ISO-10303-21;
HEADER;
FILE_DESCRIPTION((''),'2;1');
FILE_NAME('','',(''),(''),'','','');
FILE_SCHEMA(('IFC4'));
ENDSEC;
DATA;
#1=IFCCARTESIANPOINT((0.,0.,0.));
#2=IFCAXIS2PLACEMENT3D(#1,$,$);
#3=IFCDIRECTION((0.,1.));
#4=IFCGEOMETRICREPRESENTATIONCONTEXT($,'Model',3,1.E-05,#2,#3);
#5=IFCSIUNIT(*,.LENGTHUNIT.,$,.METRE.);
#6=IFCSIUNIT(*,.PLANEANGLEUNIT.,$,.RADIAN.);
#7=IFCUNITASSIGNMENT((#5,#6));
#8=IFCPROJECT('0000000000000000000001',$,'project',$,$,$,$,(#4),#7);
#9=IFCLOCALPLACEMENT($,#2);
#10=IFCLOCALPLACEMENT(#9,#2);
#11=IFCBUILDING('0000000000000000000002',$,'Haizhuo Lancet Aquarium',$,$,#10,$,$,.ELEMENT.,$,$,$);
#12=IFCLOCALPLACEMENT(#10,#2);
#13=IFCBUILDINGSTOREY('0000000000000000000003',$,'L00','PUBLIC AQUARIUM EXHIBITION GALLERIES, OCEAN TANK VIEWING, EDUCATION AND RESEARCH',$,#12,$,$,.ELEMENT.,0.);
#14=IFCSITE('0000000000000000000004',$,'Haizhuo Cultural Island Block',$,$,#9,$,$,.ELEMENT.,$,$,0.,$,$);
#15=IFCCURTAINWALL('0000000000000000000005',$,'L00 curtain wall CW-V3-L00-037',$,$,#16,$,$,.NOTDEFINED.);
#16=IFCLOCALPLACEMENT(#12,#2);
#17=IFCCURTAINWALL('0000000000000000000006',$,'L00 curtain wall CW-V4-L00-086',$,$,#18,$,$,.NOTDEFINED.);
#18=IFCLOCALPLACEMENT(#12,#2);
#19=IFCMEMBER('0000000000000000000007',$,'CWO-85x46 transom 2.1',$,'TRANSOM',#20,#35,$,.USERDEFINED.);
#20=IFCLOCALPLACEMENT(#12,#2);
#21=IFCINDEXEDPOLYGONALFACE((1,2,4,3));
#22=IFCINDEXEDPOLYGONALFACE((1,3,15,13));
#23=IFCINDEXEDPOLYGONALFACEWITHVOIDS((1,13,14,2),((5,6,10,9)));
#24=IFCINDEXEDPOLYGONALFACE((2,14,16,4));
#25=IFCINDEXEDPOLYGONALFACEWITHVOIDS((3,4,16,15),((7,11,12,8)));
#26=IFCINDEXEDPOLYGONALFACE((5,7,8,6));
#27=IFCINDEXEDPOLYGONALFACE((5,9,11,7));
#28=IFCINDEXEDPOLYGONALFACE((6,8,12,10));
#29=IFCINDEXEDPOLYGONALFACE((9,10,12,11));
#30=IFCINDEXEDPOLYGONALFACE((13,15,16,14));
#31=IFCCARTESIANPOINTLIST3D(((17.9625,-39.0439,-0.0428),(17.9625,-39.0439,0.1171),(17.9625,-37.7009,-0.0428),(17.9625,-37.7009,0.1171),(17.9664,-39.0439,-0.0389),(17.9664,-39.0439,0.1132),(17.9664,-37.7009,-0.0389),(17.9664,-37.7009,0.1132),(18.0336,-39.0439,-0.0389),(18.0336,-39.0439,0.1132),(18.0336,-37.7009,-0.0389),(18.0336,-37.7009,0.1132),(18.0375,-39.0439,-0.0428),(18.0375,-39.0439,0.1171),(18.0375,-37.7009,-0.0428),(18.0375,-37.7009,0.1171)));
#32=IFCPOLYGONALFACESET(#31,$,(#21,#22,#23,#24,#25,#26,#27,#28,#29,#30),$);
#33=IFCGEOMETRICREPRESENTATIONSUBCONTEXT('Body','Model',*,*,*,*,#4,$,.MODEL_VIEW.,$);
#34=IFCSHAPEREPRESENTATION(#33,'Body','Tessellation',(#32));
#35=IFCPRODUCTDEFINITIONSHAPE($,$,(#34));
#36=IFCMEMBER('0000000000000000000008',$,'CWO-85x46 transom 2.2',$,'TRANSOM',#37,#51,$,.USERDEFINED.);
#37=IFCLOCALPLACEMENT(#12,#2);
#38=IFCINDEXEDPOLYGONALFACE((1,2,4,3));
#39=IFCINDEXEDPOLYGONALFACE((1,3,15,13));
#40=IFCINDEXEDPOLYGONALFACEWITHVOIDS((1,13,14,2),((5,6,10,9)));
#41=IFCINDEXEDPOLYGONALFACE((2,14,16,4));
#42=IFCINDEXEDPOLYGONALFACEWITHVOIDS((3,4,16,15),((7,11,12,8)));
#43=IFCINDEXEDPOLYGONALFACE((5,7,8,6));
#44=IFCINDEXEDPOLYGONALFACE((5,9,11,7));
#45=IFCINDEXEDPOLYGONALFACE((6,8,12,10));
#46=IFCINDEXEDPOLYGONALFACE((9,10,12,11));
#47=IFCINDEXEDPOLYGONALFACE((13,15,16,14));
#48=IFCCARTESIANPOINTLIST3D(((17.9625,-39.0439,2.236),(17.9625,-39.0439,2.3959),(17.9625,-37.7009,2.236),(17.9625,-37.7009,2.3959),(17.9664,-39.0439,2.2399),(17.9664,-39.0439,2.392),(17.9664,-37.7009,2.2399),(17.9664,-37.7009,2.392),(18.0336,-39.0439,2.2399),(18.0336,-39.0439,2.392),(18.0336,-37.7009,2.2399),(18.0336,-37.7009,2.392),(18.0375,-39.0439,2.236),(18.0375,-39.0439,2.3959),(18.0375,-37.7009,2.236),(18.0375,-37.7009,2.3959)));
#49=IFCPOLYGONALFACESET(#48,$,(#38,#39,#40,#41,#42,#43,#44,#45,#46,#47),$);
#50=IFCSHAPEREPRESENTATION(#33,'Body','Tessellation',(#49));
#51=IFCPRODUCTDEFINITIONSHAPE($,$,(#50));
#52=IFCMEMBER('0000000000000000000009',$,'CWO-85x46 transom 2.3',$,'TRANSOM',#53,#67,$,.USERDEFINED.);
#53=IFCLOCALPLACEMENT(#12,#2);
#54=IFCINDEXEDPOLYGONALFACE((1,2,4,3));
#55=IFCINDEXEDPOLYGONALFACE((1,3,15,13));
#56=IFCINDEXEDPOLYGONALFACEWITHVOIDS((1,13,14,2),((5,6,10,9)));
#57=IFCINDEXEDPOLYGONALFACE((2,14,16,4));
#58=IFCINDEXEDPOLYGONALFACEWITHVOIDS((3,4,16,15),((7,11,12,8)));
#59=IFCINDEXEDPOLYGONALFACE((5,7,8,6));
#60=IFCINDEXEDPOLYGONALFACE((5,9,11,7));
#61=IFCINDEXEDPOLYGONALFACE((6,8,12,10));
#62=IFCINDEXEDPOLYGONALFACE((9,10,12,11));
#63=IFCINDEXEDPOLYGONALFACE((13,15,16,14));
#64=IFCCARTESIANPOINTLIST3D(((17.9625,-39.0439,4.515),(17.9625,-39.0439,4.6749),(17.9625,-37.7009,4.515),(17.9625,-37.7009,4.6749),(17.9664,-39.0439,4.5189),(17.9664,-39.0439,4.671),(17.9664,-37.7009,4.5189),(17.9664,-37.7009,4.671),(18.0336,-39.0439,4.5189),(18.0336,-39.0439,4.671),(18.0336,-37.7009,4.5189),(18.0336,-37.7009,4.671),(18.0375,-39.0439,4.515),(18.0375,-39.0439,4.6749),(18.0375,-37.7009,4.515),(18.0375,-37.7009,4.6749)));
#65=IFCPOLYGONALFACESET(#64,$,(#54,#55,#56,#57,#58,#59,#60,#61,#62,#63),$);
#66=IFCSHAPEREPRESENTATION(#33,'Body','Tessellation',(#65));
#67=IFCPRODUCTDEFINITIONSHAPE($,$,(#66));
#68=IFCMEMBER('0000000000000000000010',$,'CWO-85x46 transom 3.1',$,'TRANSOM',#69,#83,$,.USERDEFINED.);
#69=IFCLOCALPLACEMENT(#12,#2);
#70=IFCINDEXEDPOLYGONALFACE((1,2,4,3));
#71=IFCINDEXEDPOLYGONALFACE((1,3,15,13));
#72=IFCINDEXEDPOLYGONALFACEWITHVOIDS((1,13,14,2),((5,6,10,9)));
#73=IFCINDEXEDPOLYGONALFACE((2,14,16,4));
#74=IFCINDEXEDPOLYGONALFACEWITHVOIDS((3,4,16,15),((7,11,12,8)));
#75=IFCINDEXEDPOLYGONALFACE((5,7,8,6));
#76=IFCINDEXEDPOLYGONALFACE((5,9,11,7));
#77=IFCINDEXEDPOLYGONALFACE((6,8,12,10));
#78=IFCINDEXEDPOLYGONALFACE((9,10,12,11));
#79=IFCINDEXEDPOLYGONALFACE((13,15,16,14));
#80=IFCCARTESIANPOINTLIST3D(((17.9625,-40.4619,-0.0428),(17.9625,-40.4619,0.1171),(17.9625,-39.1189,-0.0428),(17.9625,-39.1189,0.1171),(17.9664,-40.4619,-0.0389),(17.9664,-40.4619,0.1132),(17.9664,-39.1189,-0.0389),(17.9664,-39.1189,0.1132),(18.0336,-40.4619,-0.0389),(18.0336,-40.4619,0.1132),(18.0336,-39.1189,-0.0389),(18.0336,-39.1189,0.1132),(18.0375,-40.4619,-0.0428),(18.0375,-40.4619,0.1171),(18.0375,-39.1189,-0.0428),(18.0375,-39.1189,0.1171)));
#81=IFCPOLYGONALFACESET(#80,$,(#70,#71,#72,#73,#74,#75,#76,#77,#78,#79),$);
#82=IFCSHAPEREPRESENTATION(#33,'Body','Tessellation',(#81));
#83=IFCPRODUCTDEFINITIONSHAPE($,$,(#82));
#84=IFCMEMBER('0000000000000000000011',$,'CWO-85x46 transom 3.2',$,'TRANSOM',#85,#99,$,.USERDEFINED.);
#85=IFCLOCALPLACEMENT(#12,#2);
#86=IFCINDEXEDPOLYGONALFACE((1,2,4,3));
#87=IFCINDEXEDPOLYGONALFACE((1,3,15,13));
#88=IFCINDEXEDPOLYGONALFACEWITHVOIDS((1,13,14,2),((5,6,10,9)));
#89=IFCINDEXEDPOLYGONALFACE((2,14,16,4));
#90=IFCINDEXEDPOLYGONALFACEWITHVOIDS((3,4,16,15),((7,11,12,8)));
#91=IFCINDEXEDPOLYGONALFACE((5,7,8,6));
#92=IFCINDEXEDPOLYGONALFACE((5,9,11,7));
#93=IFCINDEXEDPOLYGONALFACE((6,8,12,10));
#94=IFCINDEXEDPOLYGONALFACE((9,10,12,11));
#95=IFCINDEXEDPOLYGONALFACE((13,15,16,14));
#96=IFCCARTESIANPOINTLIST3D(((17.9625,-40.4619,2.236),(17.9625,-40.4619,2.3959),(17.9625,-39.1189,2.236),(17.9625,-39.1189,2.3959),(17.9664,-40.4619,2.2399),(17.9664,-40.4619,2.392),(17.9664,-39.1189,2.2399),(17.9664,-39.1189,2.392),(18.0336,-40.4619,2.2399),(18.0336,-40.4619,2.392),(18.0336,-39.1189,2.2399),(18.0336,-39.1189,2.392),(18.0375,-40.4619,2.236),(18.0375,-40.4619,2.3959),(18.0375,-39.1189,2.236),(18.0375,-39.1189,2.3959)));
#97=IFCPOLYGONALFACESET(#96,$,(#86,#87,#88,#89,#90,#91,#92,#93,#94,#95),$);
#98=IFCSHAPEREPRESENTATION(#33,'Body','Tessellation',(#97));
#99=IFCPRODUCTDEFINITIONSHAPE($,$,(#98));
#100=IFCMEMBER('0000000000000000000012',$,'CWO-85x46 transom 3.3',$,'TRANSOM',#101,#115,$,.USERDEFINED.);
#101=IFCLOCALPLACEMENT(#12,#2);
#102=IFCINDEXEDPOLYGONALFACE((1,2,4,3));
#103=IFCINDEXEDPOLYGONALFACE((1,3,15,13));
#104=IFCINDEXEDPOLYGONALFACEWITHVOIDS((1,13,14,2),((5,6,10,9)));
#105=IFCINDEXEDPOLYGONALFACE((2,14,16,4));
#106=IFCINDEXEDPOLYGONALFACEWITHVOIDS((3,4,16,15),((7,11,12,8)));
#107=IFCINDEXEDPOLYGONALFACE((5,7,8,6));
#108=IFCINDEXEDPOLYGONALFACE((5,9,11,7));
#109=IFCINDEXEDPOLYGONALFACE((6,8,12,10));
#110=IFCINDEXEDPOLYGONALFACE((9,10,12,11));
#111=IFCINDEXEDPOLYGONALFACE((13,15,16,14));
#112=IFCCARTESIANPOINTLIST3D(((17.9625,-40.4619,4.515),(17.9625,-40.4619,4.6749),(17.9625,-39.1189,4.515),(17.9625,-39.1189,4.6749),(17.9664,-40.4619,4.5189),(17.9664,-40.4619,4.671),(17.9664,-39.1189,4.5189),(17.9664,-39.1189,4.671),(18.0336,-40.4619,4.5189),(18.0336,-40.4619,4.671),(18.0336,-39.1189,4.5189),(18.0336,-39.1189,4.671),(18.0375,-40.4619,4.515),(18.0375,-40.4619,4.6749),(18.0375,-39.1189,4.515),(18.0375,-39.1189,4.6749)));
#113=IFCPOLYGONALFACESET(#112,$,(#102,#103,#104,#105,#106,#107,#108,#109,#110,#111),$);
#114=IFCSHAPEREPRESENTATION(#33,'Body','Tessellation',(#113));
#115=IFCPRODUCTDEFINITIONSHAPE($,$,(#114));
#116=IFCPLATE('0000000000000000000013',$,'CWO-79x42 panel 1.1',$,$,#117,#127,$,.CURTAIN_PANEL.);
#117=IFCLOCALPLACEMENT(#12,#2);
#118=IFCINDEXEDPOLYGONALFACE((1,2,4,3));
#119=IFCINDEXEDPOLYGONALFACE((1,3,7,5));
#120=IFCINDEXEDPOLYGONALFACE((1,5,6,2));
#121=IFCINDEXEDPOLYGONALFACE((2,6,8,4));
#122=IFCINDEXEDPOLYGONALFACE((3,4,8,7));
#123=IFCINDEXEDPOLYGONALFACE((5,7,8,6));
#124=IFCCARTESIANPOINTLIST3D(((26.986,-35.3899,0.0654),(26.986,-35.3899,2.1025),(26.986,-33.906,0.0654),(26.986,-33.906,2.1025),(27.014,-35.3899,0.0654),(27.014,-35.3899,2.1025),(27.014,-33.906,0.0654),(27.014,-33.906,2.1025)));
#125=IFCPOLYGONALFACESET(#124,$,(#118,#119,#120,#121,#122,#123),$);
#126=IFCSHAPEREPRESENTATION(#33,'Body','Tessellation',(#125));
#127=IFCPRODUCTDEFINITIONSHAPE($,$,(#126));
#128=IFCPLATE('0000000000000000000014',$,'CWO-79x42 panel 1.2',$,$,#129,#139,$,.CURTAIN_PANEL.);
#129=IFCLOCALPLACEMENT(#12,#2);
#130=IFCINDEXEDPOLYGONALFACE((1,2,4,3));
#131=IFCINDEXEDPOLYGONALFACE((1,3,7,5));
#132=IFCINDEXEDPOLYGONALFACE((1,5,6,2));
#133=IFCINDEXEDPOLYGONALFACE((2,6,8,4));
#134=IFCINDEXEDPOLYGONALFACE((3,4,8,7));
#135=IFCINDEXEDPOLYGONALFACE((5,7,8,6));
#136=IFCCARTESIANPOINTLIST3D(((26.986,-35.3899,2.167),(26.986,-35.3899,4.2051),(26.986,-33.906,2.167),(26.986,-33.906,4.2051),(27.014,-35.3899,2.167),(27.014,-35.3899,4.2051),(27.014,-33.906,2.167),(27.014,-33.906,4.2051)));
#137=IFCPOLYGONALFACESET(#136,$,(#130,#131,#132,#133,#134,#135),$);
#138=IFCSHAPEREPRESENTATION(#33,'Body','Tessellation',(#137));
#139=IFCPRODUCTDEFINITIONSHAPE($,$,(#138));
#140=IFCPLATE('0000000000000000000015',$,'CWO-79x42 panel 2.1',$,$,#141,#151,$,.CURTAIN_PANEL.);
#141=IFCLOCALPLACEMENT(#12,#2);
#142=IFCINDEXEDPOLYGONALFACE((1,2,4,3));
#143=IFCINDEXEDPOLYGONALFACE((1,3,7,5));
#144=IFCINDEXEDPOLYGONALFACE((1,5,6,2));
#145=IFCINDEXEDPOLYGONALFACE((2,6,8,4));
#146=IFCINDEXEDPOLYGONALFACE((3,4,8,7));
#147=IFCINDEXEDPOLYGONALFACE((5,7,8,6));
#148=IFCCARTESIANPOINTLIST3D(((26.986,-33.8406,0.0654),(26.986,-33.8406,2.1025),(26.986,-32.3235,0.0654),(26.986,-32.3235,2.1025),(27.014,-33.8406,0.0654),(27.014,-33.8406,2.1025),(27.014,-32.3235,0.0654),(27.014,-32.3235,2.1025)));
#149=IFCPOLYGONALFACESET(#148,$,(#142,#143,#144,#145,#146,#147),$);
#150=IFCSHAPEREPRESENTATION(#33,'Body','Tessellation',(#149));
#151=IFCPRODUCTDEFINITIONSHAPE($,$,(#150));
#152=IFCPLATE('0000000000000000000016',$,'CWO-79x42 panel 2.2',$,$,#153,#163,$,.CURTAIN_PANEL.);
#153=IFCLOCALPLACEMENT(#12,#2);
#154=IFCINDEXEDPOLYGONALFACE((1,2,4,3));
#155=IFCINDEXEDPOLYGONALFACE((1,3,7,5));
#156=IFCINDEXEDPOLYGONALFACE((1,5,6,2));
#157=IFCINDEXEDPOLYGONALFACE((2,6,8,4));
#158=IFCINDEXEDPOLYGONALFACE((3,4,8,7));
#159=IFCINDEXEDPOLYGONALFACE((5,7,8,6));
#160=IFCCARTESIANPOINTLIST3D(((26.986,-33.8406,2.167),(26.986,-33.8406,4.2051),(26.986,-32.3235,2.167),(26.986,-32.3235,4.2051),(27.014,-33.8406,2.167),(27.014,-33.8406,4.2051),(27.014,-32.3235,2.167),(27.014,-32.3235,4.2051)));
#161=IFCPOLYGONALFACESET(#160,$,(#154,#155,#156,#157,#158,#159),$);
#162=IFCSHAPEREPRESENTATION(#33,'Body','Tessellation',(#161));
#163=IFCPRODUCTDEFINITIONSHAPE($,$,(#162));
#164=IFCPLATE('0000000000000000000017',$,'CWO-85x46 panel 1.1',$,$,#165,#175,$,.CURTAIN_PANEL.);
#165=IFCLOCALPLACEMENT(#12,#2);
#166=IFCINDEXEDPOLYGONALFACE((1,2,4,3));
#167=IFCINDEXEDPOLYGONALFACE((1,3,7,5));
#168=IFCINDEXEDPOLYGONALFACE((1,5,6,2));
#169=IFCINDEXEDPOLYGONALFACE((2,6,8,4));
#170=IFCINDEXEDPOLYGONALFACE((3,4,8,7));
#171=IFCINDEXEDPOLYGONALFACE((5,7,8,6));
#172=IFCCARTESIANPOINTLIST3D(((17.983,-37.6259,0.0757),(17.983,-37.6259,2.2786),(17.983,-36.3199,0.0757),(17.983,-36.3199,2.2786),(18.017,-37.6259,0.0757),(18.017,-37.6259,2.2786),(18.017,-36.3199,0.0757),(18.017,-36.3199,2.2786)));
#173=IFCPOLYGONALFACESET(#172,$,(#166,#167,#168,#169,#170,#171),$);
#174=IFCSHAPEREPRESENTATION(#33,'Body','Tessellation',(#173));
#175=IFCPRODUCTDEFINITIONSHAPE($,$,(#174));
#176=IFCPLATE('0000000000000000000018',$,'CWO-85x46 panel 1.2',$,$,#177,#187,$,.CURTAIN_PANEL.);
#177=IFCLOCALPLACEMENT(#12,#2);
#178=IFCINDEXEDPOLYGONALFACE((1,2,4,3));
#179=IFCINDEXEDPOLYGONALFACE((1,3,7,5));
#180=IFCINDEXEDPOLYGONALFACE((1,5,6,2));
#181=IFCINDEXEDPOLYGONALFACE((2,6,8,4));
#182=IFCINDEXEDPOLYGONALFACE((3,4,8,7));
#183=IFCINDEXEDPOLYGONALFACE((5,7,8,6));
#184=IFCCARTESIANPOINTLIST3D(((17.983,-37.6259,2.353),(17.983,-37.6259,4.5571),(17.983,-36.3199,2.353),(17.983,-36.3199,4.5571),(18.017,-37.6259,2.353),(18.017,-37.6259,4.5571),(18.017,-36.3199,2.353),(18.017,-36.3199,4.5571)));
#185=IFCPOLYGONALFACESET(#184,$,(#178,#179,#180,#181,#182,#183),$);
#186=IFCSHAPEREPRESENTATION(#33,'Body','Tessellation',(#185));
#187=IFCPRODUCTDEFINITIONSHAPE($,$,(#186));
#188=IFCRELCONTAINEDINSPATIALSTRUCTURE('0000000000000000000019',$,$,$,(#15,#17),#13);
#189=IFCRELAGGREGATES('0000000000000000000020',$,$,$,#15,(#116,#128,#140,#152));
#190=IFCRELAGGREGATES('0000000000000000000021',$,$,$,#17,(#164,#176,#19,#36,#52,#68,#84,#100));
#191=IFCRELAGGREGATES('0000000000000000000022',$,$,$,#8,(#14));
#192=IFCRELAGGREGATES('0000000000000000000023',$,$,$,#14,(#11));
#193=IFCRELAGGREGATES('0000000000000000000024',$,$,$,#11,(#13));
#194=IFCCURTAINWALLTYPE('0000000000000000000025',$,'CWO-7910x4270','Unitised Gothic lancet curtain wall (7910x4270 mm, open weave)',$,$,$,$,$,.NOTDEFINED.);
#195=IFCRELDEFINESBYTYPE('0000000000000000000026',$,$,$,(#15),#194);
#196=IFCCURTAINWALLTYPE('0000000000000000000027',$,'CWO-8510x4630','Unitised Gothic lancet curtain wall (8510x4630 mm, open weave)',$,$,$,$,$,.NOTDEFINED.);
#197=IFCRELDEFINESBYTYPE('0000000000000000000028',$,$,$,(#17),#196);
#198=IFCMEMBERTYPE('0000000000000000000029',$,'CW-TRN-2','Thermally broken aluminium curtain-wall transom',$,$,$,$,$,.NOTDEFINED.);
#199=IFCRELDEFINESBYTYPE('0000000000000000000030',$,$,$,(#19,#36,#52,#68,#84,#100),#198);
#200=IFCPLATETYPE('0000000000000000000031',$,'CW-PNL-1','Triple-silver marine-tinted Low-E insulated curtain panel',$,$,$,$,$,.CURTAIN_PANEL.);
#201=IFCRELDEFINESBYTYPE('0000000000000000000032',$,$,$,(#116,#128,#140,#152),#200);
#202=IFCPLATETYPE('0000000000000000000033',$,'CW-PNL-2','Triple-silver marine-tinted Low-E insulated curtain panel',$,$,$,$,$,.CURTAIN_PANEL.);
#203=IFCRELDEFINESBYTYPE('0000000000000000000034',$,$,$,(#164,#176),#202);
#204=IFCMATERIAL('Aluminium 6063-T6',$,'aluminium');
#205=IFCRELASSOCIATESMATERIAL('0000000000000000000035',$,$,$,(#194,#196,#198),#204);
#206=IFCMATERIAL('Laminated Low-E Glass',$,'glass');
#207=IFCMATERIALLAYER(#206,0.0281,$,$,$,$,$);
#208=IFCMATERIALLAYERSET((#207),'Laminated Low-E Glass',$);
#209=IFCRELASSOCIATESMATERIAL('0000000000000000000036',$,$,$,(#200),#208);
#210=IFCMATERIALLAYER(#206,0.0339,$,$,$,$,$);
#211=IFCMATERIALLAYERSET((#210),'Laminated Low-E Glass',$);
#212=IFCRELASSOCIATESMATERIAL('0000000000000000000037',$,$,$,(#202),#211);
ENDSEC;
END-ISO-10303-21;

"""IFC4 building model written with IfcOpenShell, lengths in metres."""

from ifc_helpers import new_model, si_unit, direction, frame, origin, origin_2d, place, context, subcontext, project, spatial, rectangle, hollow_rectangle, extrude, material, layer, layer_set, material_profile, profile_set, type_object, element, aggregate, save


model = new_model("IFC4")

# Units and contexts
model_context = context("Model", 3, precision=1e-05, world=origin(), true_north=direction((0.0, 1.0)))
body_context = subcontext(model_context, "Body", "Model", "MODEL_VIEW")
ifc_project = project(units=[si_unit("LENGTHUNIT", "METRE"), si_unit("PLANEANGLEUNIT", "RADIAN")], contexts=[model_context])

# Site, building, storey
site_placement = place(None, origin())
site = spatial("IfcSite", under=ifc_project, at=site_placement, Name="Haizhuo Cultural Island Block", CompositionType="ELEMENT", RefElevation=0.0)
building_placement = place(site_placement, origin())
building = spatial("IfcBuilding", under=site, at=building_placement, Name="Haizhuo Lancet Aquarium", CompositionType="ELEMENT")
storey_placement = place(building_placement, origin())
storey = spatial("IfcBuildingStorey", under=building, at=storey_placement, Name="L00", Description="PUBLIC AQUARIUM EXHIBITION GALLERIES, OCEAN TANK VIEWING, EDUCATION AND RESEARCH", CompositionType="ELEMENT", Elevation=0.0)

# Curtain walls
ifc_material_1 = material(Name="Aluminium 6063-T6", Category="aluminium")
curtain_wall_type_1 = type_object("IfcCurtainWallType", Name="CWO-7910x4270", Description="Unitised Gothic lancet curtain wall (7910x4270 mm, open weave)", PredefinedType="NOTDEFINED", material=ifc_material_1)
curtain_wall_1_placement = place(storey_placement, origin())
curtain_wall_1 = element("IfcCurtainWall", 1, at=curtain_wall_1_placement, inside=storey, type_object=curtain_wall_type_1, Name="L00 curtain wall CW-V3-L00-037", PredefinedType="NOTDEFINED")
curtain_wall_type_2 = type_object("IfcCurtainWallType", Name="CWO-8510x4630", Description="Unitised Gothic lancet curtain wall (8510x4630 mm, open weave)", PredefinedType="NOTDEFINED", material=ifc_material_1)
curtain_wall_2_placement = place(storey_placement, origin())
curtain_wall_2 = element("IfcCurtainWall", 2, at=curtain_wall_2_placement, inside=storey, type_object=curtain_wall_type_2, Name="L00 curtain wall CW-V4-L00-086", PredefinedType="NOTDEFINED")

# Members
ifc_material_profile_1 = material_profile(ifc_material_1, hollow_rectangle(XDim=0.075, YDim=0.1599, WallThickness=0.0039, at=origin_2d()), Name="ALU-T 75x160x4")
ifc_profile_set_1 = profile_set([ifc_material_profile_1], Name="Aluminium 6063-T6")
member_type_1 = type_object("IfcMemberType", Name="CW-TRN-2", Description="Thermally broken aluminium curtain-wall transom", PredefinedType="NOTDEFINED", material=ifc_profile_set_1)
member_1_placement = place(storey_placement, frame((18.0, -37.7009, 0.0371), z_axis=(0.0, -1.0, 0.0), x_axis=(1.0, 0.0, 0.0)))
member_1 = element("IfcMember", 3, at=member_1_placement, type_object=member_type_1, Name="CWO-85x46 transom 2.1", ObjectType="TRANSOM", PredefinedType="USERDEFINED", context=body_context, shape_type="SweptSolid", body=[
    extrude(hollow_rectangle(XDim=0.075, YDim=0.1599, WallThickness=0.0039, at=origin_2d()), origin(), (0.0, 0.0, 1.0), 1.343),
])
member_2_placement = place(storey_placement, frame((18.0, -37.7009, 2.3159), z_axis=(0.0, -1.0, 0.0), x_axis=(1.0, 0.0, 0.0)))
member_2 = element("IfcMember", 4, at=member_2_placement, type_object=member_type_1, Name="CWO-85x46 transom 2.2", ObjectType="TRANSOM", PredefinedType="USERDEFINED", context=body_context, shape_type="SweptSolid", body=[
    extrude(hollow_rectangle(XDim=0.075, YDim=0.1599, WallThickness=0.0039, at=origin_2d()), origin(), (0.0, 0.0, 1.0), 1.343),
])
member_3_placement = place(storey_placement, frame((18.0, -37.7009, 4.595), z_axis=(0.0, -1.0, 0.0), x_axis=(1.0, 0.0, 0.0)))
member_3 = element("IfcMember", 5, at=member_3_placement, type_object=member_type_1, Name="CWO-85x46 transom 2.3", ObjectType="TRANSOM", PredefinedType="USERDEFINED", context=body_context, shape_type="SweptSolid", body=[
    extrude(hollow_rectangle(XDim=0.075, YDim=0.1599, WallThickness=0.0039, at=origin_2d()), origin(), (0.0, 0.0, 1.0), 1.343),
])
member_4_placement = place(storey_placement, frame((18.0, -39.1189, 0.0371), z_axis=(0.0, -1.0, 0.0), x_axis=(1.0, 0.0, 0.0)))
member_4 = element("IfcMember", 6, at=member_4_placement, type_object=member_type_1, Name="CWO-85x46 transom 3.1", ObjectType="TRANSOM", PredefinedType="USERDEFINED", context=body_context, shape_type="SweptSolid", body=[
    extrude(hollow_rectangle(XDim=0.075, YDim=0.1599, WallThickness=0.0039, at=origin_2d()), origin(), (0.0, 0.0, 1.0), 1.343),
])
member_5_placement = place(storey_placement, frame((18.0, -39.1189, 2.3159), z_axis=(0.0, -1.0, 0.0), x_axis=(1.0, 0.0, 0.0)))
member_5 = element("IfcMember", 7, at=member_5_placement, type_object=member_type_1, Name="CWO-85x46 transom 3.2", ObjectType="TRANSOM", PredefinedType="USERDEFINED", context=body_context, shape_type="SweptSolid", body=[
    extrude(hollow_rectangle(XDim=0.075, YDim=0.1599, WallThickness=0.0039, at=origin_2d()), origin(), (0.0, 0.0, 1.0), 1.343),
])
member_6_placement = place(storey_placement, frame((18.0, -39.1189, 4.595), z_axis=(0.0, -1.0, 0.0), x_axis=(1.0, 0.0, 0.0)))
member_6 = element("IfcMember", 8, at=member_6_placement, type_object=member_type_1, Name="CWO-85x46 transom 3.3", ObjectType="TRANSOM", PredefinedType="USERDEFINED", context=body_context, shape_type="SweptSolid", body=[
    extrude(hollow_rectangle(XDim=0.075, YDim=0.1599, WallThickness=0.0039, at=origin_2d()), origin(), (0.0, 0.0, 1.0), 1.343),
])

# Plates
ifc_material_2 = material(Name="Laminated Low-E Glass", Category="glass")
ifc_layer_1 = layer(ifc_material_2, 0.0281)
ifc_layer_set_1 = layer_set([ifc_layer_1], Name="Laminated Low-E Glass")
plate_type_1 = type_object("IfcPlateType", Name="CW-PNL-1", Description="Triple-silver marine-tinted Low-E insulated curtain panel", PredefinedType="CURTAIN_PANEL", material=ifc_layer_set_1)
plate_1_placement = place(storey_placement, frame((27.0, -34.6479, 0.0654), z_axis=(0.0, 0.0, 1.0), x_axis=(0.0, 1.0, 0.0)))
plate_1 = element("IfcPlate", 9, at=plate_1_placement, type_object=plate_type_1, Name="CWO-79x42 panel 1.1", PredefinedType="CURTAIN_PANEL", context=body_context, shape_type="SweptSolid", body=[
    extrude(rectangle(XDim=1.4839, YDim=0.0281, at=origin_2d()), origin(), (0.0, 0.0, 1.0), 2.0371),
])
plate_2_placement = place(storey_placement, frame((27.0, -34.6479, 2.167), z_axis=(0.0, 0.0, 1.0), x_axis=(0.0, 1.0, 0.0)))
plate_2 = element("IfcPlate", 10, at=plate_2_placement, type_object=plate_type_1, Name="CWO-79x42 panel 1.2", PredefinedType="CURTAIN_PANEL", context=body_context, shape_type="SweptSolid", body=[
    extrude(rectangle(XDim=1.4839, YDim=0.0281, at=origin_2d()), origin(), (0.0, 0.0, 1.0), 2.0381),
])
plate_3_placement = place(storey_placement, frame((27.0, -33.082, 0.0654), z_axis=(0.0, 0.0, 1.0), x_axis=(0.0, 1.0, 0.0)))
plate_3 = element("IfcPlate", 11, at=plate_3_placement, type_object=plate_type_1, Name="CWO-79x42 panel 2.1", PredefinedType="CURTAIN_PANEL", context=body_context, shape_type="SweptSolid", body=[
    extrude(rectangle(XDim=1.5171, YDim=0.0281, at=origin_2d()), origin(), (0.0, 0.0, 1.0), 2.0371),
])
plate_4_placement = place(storey_placement, frame((27.0, -33.082, 2.167), z_axis=(0.0, 0.0, 1.0), x_axis=(0.0, 1.0, 0.0)))
plate_4 = element("IfcPlate", 12, at=plate_4_placement, type_object=plate_type_1, Name="CWO-79x42 panel 2.2", PredefinedType="CURTAIN_PANEL", context=body_context, shape_type="SweptSolid", body=[
    extrude(rectangle(XDim=1.5171, YDim=0.0281, at=origin_2d()), origin(), (0.0, 0.0, 1.0), 2.0381),
])
aggregate(curtain_wall_1, [plate_1, plate_2, plate_3, plate_4])
ifc_layer_2 = layer(ifc_material_2, 0.0339)
ifc_layer_set_2 = layer_set([ifc_layer_2], Name="Laminated Low-E Glass")
plate_type_2 = type_object("IfcPlateType", Name="CW-PNL-2", Description="Triple-silver marine-tinted Low-E insulated curtain panel", PredefinedType="CURTAIN_PANEL", material=ifc_layer_set_2)
plate_5_placement = place(storey_placement, frame((18.0, -36.9729, 0.0757), z_axis=(0.0, 0.0, 1.0), x_axis=(0.0, -1.0, 0.0)))
plate_5 = element("IfcPlate", 13, at=plate_5_placement, type_object=plate_type_2, Name="CWO-85x46 panel 1.1", PredefinedType="CURTAIN_PANEL", context=body_context, shape_type="SweptSolid", body=[
    extrude(rectangle(XDim=1.3059, YDim=0.0339, at=origin_2d()), origin(), (0.0, 0.0, 1.0), 2.2029),
])
plate_6_placement = place(storey_placement, frame((18.0, -36.9729, 2.353), z_axis=(0.0, 0.0, 1.0), x_axis=(0.0, -1.0, 0.0)))
plate_6 = element("IfcPlate", 14, at=plate_6_placement, type_object=plate_type_2, Name="CWO-85x46 panel 1.2", PredefinedType="CURTAIN_PANEL", context=body_context, shape_type="SweptSolid", body=[
    extrude(rectangle(XDim=1.3059, YDim=0.0339, at=origin_2d()), origin(), (0.0, 0.0, 1.0), 2.2041),
])
aggregate(curtain_wall_2, [plate_5, plate_6, member_1, member_2, member_3, member_4, member_5, member_6])

save(model, "model.ifc")
